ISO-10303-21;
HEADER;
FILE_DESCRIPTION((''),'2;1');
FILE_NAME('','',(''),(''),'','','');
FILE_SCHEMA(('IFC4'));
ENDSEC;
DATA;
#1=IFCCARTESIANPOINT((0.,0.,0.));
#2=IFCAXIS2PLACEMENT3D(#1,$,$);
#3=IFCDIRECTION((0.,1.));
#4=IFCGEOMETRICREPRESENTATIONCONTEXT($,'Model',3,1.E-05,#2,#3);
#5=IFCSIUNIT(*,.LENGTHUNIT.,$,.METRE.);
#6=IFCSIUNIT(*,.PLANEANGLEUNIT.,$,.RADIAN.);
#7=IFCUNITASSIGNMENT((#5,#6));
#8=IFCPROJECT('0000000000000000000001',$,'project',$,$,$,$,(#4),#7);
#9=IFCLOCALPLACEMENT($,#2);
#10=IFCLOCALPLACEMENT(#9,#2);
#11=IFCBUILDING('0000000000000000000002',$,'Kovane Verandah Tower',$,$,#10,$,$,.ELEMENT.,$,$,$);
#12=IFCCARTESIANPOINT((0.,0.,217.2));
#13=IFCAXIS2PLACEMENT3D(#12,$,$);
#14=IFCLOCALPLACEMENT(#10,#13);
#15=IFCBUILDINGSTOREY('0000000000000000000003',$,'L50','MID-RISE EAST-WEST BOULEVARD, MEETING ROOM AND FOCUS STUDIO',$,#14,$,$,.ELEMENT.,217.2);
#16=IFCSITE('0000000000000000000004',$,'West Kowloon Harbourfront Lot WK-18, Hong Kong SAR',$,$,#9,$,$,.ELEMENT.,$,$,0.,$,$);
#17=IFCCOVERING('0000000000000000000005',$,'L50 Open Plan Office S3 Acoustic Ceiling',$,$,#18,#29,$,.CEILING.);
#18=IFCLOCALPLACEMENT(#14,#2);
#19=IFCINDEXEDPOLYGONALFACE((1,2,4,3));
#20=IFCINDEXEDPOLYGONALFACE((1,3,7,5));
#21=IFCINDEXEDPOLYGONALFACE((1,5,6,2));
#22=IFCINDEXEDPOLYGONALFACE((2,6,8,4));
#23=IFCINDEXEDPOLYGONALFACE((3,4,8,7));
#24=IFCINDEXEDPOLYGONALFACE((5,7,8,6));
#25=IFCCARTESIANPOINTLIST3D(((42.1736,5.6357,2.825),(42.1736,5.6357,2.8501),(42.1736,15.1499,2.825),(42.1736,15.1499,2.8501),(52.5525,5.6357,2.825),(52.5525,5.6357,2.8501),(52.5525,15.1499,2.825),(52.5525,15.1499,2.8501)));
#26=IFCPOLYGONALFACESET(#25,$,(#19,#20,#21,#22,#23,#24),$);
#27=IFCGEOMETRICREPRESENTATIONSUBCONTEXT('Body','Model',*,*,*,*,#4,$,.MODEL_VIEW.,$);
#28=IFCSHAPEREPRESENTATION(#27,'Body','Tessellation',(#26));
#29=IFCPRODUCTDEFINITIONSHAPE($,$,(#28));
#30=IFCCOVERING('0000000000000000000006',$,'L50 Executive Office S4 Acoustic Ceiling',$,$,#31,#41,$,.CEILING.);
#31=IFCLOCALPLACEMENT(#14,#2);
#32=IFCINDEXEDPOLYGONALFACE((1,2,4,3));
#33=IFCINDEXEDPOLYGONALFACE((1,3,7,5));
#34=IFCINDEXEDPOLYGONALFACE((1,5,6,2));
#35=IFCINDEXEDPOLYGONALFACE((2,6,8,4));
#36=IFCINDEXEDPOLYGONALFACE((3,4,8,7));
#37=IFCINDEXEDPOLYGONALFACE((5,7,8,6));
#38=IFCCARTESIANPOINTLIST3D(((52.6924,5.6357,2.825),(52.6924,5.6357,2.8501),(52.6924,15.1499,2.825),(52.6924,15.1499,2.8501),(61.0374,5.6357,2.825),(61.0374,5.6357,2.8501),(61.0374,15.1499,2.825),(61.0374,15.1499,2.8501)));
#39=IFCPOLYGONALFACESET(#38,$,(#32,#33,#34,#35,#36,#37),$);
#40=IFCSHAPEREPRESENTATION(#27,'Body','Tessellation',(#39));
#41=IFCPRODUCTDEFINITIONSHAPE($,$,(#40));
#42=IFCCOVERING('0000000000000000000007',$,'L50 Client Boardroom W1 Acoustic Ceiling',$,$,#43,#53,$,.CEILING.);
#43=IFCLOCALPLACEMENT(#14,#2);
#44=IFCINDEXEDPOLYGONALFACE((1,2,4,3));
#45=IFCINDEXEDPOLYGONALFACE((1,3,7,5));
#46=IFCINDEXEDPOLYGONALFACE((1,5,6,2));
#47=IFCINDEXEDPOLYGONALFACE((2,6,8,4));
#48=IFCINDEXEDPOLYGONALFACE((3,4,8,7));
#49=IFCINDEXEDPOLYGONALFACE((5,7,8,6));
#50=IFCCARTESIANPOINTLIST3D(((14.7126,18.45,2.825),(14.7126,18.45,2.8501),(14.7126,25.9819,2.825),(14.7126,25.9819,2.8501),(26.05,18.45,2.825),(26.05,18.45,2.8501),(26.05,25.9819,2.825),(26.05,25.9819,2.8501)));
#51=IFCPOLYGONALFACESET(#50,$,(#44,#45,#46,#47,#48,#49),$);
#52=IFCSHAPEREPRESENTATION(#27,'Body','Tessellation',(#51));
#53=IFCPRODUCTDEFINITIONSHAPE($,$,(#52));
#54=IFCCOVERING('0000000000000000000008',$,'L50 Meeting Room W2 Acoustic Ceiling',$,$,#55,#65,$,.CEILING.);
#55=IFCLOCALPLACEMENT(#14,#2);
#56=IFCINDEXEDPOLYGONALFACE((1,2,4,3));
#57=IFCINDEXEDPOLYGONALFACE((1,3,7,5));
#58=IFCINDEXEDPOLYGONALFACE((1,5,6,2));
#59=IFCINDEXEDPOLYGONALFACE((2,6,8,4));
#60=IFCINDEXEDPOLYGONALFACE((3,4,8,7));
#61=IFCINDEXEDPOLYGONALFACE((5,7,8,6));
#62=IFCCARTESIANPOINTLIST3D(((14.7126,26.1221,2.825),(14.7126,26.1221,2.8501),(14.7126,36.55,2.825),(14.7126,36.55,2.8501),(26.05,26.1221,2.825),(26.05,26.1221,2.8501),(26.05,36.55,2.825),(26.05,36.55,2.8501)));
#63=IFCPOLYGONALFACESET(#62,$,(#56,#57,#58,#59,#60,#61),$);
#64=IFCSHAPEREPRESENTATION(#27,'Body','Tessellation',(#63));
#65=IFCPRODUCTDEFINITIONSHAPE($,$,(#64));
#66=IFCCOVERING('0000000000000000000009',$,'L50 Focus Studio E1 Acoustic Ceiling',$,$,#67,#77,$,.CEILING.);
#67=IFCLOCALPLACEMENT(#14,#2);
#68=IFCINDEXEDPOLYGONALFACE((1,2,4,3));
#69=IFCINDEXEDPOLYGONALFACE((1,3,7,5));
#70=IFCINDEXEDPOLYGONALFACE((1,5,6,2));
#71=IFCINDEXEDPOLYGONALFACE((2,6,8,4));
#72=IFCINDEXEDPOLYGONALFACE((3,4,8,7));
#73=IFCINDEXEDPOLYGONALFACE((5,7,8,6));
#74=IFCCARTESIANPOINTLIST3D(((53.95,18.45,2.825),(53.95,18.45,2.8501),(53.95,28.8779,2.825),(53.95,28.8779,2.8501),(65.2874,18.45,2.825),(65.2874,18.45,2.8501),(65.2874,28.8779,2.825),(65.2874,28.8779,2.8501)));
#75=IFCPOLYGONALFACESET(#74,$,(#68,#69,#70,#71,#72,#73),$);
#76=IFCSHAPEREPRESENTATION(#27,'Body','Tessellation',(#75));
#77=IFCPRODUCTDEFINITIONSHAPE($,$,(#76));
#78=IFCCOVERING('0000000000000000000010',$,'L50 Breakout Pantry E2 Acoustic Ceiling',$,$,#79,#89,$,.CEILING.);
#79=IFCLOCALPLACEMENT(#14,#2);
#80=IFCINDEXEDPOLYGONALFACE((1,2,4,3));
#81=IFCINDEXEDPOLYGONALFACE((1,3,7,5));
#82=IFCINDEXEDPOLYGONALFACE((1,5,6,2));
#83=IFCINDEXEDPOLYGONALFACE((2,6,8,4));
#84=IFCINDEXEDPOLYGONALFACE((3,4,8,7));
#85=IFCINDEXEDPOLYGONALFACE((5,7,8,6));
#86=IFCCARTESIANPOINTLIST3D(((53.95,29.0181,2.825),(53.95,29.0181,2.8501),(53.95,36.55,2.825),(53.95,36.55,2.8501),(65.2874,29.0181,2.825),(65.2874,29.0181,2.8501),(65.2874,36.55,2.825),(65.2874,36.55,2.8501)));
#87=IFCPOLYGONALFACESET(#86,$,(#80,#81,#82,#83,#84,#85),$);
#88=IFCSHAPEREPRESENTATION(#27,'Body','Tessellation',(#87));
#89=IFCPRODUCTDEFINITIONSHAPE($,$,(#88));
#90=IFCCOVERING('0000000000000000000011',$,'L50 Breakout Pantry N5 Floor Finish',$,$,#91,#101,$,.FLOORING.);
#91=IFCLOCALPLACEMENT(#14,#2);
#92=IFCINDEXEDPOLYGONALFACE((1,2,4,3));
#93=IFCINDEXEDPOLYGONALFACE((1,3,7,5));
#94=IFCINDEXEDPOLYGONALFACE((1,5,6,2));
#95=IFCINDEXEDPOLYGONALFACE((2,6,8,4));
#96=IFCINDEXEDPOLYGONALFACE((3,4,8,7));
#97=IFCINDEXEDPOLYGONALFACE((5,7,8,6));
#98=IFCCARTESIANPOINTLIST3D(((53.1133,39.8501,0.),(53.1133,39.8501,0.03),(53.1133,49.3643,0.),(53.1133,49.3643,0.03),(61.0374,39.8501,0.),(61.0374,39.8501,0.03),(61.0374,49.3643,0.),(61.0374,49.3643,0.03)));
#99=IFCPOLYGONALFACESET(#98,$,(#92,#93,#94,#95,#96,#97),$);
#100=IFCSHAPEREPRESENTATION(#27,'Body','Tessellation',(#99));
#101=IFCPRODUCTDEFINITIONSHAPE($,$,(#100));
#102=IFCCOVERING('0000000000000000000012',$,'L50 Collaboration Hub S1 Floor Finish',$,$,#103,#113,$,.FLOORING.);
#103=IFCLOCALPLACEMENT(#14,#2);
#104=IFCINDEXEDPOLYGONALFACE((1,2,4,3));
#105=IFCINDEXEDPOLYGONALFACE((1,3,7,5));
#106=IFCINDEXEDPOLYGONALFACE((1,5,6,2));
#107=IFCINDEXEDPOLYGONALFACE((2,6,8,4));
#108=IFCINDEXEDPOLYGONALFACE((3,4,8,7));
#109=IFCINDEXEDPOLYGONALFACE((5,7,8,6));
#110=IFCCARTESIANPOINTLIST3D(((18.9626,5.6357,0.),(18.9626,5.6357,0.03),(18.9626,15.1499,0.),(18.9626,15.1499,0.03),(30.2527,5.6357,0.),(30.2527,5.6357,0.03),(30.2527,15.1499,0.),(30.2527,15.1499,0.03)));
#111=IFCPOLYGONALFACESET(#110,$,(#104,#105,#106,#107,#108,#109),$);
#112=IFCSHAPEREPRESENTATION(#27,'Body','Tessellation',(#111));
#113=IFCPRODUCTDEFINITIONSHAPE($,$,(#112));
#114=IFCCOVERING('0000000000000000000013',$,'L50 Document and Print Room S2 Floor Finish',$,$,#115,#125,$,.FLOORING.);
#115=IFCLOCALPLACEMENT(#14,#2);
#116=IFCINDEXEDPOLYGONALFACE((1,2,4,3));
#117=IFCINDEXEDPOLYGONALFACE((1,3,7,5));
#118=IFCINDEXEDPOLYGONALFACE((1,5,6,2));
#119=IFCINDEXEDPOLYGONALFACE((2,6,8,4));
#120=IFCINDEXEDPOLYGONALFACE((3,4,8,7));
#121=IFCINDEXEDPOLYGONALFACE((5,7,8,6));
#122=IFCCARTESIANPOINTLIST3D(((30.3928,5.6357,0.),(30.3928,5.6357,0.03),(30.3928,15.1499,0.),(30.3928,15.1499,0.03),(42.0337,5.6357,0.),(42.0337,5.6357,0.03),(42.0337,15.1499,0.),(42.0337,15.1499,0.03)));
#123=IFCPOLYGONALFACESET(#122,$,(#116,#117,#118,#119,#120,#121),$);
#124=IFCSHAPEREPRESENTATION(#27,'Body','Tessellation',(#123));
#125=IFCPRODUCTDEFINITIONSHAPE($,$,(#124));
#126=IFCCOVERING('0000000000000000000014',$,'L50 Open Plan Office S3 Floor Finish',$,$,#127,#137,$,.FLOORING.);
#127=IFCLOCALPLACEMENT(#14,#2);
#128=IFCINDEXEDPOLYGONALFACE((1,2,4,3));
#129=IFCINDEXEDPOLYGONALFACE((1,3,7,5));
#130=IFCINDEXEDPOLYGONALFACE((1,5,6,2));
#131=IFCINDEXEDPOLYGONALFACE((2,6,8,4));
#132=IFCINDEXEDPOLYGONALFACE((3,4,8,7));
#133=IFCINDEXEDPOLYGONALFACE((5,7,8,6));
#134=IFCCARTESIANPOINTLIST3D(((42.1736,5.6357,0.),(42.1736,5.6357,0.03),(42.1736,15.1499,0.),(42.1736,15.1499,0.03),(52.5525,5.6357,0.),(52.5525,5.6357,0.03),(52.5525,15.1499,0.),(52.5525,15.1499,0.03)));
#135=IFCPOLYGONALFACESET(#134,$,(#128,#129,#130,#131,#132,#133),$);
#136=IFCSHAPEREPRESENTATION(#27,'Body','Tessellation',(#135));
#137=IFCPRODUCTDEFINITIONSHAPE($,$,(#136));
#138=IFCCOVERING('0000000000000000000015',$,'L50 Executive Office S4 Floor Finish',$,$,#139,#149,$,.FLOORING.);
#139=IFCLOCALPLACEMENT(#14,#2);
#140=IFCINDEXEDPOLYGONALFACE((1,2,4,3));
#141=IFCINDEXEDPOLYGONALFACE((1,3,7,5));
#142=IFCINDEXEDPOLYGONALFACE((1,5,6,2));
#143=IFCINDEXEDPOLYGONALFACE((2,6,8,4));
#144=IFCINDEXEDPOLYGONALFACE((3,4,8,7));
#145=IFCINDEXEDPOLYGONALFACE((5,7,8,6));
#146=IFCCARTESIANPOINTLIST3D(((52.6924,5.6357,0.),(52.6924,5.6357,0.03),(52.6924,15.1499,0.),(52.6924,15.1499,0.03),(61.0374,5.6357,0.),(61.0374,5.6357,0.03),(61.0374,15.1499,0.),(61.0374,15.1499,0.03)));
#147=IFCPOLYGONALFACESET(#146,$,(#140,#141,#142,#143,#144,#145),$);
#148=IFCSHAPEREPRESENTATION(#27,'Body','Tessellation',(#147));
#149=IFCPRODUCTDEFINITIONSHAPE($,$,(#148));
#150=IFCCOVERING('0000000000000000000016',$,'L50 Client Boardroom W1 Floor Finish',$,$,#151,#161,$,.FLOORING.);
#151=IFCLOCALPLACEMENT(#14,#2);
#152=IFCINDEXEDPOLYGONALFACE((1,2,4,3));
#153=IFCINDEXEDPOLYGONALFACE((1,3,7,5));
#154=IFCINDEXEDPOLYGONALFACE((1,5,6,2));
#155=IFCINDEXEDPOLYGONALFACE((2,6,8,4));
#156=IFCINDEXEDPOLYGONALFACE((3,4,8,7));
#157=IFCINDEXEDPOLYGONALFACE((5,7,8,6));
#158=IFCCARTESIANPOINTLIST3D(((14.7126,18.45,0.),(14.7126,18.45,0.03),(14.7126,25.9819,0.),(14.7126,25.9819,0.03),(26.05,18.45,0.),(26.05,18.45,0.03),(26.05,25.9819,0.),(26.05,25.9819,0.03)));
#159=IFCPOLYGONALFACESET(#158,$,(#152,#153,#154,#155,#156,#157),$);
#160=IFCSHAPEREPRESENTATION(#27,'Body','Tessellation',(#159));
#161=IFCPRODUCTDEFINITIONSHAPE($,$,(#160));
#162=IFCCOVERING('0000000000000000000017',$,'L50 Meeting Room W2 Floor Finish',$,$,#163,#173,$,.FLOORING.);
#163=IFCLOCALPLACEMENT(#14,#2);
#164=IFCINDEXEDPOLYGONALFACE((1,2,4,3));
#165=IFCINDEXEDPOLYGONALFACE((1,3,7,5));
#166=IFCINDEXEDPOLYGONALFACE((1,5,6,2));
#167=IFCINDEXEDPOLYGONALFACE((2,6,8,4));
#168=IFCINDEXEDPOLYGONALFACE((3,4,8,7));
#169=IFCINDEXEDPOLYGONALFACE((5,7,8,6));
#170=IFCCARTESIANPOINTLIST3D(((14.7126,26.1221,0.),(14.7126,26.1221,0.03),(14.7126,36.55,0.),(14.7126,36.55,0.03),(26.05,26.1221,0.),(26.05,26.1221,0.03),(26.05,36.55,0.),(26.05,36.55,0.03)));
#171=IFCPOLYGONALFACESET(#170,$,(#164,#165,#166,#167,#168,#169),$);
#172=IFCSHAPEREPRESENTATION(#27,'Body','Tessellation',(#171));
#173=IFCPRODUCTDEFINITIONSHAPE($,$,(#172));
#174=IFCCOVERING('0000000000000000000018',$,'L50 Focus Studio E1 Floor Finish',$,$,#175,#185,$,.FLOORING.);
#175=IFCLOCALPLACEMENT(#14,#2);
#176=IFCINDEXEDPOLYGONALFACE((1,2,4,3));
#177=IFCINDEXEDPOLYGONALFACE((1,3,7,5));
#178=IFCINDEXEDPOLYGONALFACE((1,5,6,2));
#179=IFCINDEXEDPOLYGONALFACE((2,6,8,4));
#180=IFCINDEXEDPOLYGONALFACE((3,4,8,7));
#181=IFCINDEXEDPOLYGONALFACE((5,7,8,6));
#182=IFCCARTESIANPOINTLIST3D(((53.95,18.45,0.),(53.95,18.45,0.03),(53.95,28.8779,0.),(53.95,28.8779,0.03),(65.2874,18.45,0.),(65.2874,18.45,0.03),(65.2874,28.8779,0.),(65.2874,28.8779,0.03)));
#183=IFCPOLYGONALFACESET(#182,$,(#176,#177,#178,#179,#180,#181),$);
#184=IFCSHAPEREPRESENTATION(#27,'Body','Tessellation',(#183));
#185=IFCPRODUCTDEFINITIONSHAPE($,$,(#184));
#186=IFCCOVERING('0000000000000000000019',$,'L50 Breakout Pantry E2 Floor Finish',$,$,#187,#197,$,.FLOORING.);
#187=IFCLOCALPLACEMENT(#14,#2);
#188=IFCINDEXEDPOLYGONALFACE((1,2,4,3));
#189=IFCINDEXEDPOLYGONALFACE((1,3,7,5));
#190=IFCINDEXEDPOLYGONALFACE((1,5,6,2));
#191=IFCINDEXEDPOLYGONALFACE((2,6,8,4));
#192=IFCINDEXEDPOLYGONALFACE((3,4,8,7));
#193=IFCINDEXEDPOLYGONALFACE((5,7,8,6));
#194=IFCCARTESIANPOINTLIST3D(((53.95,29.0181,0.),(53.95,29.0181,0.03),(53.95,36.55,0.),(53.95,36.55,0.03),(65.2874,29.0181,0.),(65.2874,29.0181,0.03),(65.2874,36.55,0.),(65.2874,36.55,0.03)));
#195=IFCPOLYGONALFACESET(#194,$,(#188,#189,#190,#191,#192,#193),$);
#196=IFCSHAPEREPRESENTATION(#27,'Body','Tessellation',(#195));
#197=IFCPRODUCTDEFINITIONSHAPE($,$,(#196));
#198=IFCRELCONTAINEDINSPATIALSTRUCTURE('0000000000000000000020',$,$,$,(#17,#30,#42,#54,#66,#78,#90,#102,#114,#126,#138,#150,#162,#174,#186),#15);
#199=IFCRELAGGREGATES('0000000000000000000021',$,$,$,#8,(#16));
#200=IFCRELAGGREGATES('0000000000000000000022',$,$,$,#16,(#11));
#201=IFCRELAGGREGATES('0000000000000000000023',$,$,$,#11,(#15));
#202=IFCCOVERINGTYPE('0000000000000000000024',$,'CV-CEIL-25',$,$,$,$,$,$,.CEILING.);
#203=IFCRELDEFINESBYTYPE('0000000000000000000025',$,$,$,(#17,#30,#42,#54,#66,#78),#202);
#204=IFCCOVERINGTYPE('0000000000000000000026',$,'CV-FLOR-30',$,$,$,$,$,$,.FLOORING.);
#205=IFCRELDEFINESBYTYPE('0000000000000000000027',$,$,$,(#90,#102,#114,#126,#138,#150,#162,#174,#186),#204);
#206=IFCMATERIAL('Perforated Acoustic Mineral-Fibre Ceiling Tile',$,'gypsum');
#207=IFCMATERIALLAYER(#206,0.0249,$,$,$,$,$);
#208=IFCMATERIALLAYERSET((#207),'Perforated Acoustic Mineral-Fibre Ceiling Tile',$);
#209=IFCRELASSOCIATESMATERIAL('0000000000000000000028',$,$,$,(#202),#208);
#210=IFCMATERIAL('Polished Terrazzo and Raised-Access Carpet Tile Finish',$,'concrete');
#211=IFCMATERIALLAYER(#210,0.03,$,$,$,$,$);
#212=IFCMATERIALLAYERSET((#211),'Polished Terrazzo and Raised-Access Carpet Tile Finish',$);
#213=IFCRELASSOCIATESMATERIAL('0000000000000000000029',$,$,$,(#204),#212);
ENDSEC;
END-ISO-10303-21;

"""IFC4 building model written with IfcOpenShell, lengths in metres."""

from ifc_helpers import new_model, si_unit, direction, frame, origin, place, context, subcontext, project, spatial, polyline, outline, extrude, material, layer, layer_set, type_object, element, save


model = new_model("IFC4")

# Units and contexts
model_context = context("Model", 3, precision=1e-05, world=origin(), true_north=direction((0.0, 1.0)))
body_context = subcontext(model_context, "Body", "Model", "MODEL_VIEW")
ifc_project = project(units=[si_unit("LENGTHUNIT", "METRE"), si_unit("PLANEANGLEUNIT", "RADIAN")], contexts=[model_context])

# Site, building, storey
site_placement = place(None, origin())
site = spatial("IfcSite", under=ifc_project, at=site_placement, Name="West Kowloon Harbourfront Lot WK-18, Hong Kong SAR", CompositionType="ELEMENT", RefElevation=0.0)
building_placement = place(site_placement, origin())
building = spatial("IfcBuilding", under=site, at=building_placement, Name="Kovane Verandah Tower", CompositionType="ELEMENT")
storey_placement = place(building_placement, frame((0.0, 0.0, 217.2)))
storey = spatial("IfcBuildingStorey", under=building, at=storey_placement, Name="L50", Description="MID-RISE EAST-WEST BOULEVARD, MEETING ROOM AND FOCUS STUDIO", CompositionType="ELEMENT", Elevation=217.2)

# Coverings
ifc_material_1 = material(Name="Perforated Acoustic Mineral-Fibre Ceiling Tile", Category="gypsum")
ifc_layer_1 = layer(ifc_material_1, 0.0249)
ifc_layer_set_1 = layer_set([ifc_layer_1], Name="Perforated Acoustic Mineral-Fibre Ceiling Tile")
covering_type_1 = type_object("IfcCoveringType", Name="CV-CEIL-25", PredefinedType="CEILING", material=ifc_layer_set_1)
covering_1_placement = place(storey_placement, frame((0.0, 0.0, 2.825)))
element("IfcCovering", 1, at=covering_1_placement, inside=storey, type_object=covering_type_1, Name="L50 Open Plan Office S3 Acoustic Ceiling", PredefinedType="CEILING", context=body_context, shape_type="SweptSolid", body=[
    extrude(outline(polyline([(42.1736, 5.6357), (52.5525, 5.6357), (52.5525, 15.1499), (42.1736, 15.1499), (42.1736, 5.6357)])), origin(), (0.0, 0.0, 1.0), 0.0251),
])
covering_2_placement = place(storey_placement, frame((0.0, 0.0, 2.825)))
element("IfcCovering", 2, at=covering_2_placement, inside=storey, type_object=covering_type_1, Name="L50 Executive Office S4 Acoustic Ceiling", PredefinedType="CEILING", context=body_context, shape_type="SweptSolid", body=[
    extrude(outline(polyline([(52.6924, 5.6357), (61.0374, 5.6357), (61.0374, 15.1499), (52.6924, 15.1499), (52.6924, 5.6357)])), origin(), (0.0, 0.0, 1.0), 0.0251),
])
covering_3_placement = place(storey_placement, frame((0.0, 0.0, 2.825)))
element("IfcCovering", 3, at=covering_3_placement, inside=storey, type_object=covering_type_1, Name="L50 Client Boardroom W1 Acoustic Ceiling", PredefinedType="CEILING", context=body_context, shape_type="SweptSolid", body=[
    extrude(outline(polyline([(14.7126, 18.45), (26.05, 18.45), (26.05, 25.9819), (14.7126, 25.9819), (14.7126, 18.45)])), origin(), (0.0, 0.0, 1.0), 0.0251),
])
covering_4_placement = place(storey_placement, frame((0.0, 0.0, 2.825)))
element("IfcCovering", 4, at=covering_4_placement, inside=storey, type_object=covering_type_1, Name="L50 Meeting Room W2 Acoustic Ceiling", PredefinedType="CEILING", context=body_context, shape_type="SweptSolid", body=[
    extrude(outline(polyline([(14.7126, 26.1221), (26.05, 26.1221), (26.05, 36.55), (14.7126, 36.55), (14.7126, 26.1221)])), origin(), (0.0, 0.0, 1.0), 0.0251),
])
covering_5_placement = place(storey_placement, frame((0.0, 0.0, 2.825)))
element("IfcCovering", 5, at=covering_5_placement, inside=storey, type_object=covering_type_1, Name="L50 Focus Studio E1 Acoustic Ceiling", PredefinedType="CEILING", context=body_context, shape_type="SweptSolid", body=[
    extrude(outline(polyline([(53.95, 18.45), (65.2874, 18.45), (65.2874, 28.8779), (53.95, 28.8779), (53.95, 18.45)])), origin(), (0.0, 0.0, 1.0), 0.0251),
])
covering_6_placement = place(storey_placement, frame((0.0, 0.0, 2.825)))
element("IfcCovering", 6, at=covering_6_placement, inside=storey, type_object=covering_type_1, Name="L50 Breakout Pantry E2 Acoustic Ceiling", PredefinedType="CEILING", context=body_context, shape_type="SweptSolid", body=[
    extrude(outline(polyline([(53.95, 29.0181), (65.2874, 29.0181), (65.2874, 36.55), (53.95, 36.55), (53.95, 29.0181)])), origin(), (0.0, 0.0, 1.0), 0.0251),
])
ifc_material_2 = material(Name="Polished Terrazzo and Raised-Access Carpet Tile Finish", Category="concrete")
ifc_layer_2 = layer(ifc_material_2, 0.03)
ifc_layer_set_2 = layer_set([ifc_layer_2], Name="Polished Terrazzo and Raised-Access Carpet Tile Finish")
covering_type_2 = type_object("IfcCoveringType", Name="CV-FLOR-30", PredefinedType="FLOORING", material=ifc_layer_set_2)
covering_7_placement = place(storey_placement, origin())
element("IfcCovering", 7, at=covering_7_placement, inside=storey, type_object=covering_type_2, Name="L50 Breakout Pantry N5 Floor Finish", PredefinedType="FLOORING", context=body_context, shape_type="SweptSolid", body=[
    extrude(outline(polyline([(53.1133, 39.8501), (61.0374, 39.8501), (61.0374, 49.3643), (53.1133, 49.3643), (53.1133, 39.8501)])), origin(), (0.0, 0.0, 1.0), 0.03),
])
covering_8_placement = place(storey_placement, origin())
element("IfcCovering", 8, at=covering_8_placement, inside=storey, type_object=covering_type_2, Name="L50 Collaboration Hub S1 Floor Finish", PredefinedType="FLOORING", context=body_context, shape_type="SweptSolid", body=[
    extrude(outline(polyline([(18.9626, 5.6357), (30.2527, 5.6357), (30.2527, 15.1499), (18.9626, 15.1499), (18.9626, 5.6357)])), origin(), (0.0, 0.0, 1.0), 0.03),
])
covering_9_placement = place(storey_placement, origin())
element("IfcCovering", 9, at=covering_9_placement, inside=storey, type_object=covering_type_2, Name="L50 Document and Print Room S2 Floor Finish", PredefinedType="FLOORING", context=body_context, shape_type="SweptSolid", body=[
    extrude(outline(polyline([(30.3928, 5.6357), (42.0337, 5.6357), (42.0337, 15.1499), (30.3928, 15.1499), (30.3928, 5.6357)])), origin(), (0.0, 0.0, 1.0), 0.03),
])
covering_10_placement = place(storey_placement, origin())
element("IfcCovering", 10, at=covering_10_placement, inside=storey, type_object=covering_type_2, Name="L50 Open Plan Office S3 Floor Finish", PredefinedType="FLOORING", context=body_context, shape_type="SweptSolid", body=[
    extrude(outline(polyline([(42.1736, 5.6357), (52.5525, 5.6357), (52.5525, 15.1499), (42.1736, 15.1499), (42.1736, 5.6357)])), origin(), (0.0, 0.0, 1.0), 0.03),
])
covering_11_placement = place(storey_placement, origin())
element("IfcCovering", 11, at=covering_11_placement, inside=storey, type_object=covering_type_2, Name="L50 Executive Office S4 Floor Finish", PredefinedType="FLOORING", context=body_context, shape_type="SweptSolid", body=[
    extrude(outline(polyline([(52.6924, 5.6357), (61.0374, 5.6357), (61.0374, 15.1499), (52.6924, 15.1499), (52.6924, 5.6357)])), origin(), (0.0, 0.0, 1.0), 0.03),
])
covering_12_placement = place(storey_placement, origin())
element("IfcCovering", 12, at=covering_12_placement, inside=storey, type_object=covering_type_2, Name="L50 Client Boardroom W1 Floor Finish", PredefinedType="FLOORING", context=body_context, shape_type="SweptSolid", body=[
    extrude(outline(polyline([(14.7126, 18.45), (26.05, 18.45), (26.05, 25.9819), (14.7126, 25.9819), (14.7126, 18.45)])), origin(), (0.0, 0.0, 1.0), 0.03),
])
covering_13_placement = place(storey_placement, origin())
element("IfcCovering", 13, at=covering_13_placement, inside=storey, type_object=covering_type_2, Name="L50 Meeting Room W2 Floor Finish", PredefinedType="FLOORING", context=body_context, shape_type="SweptSolid", body=[
    extrude(outline(polyline([(14.7126, 26.1221), (26.05, 26.1221), (26.05, 36.55), (14.7126, 36.55), (14.7126, 26.1221)])), origin(), (0.0, 0.0, 1.0), 0.03),
])
covering_14_placement = place(storey_placement, origin())
element("IfcCovering", 14, at=covering_14_placement, inside=storey, type_object=covering_type_2, Name="L50 Focus Studio E1 Floor Finish", PredefinedType="FLOORING", context=body_context, shape_type="SweptSolid", body=[
    extrude(outline(polyline([(53.95, 18.45), (65.2874, 18.45), (65.2874, 28.8779), (53.95, 28.8779), (53.95, 18.45)])), origin(), (0.0, 0.0, 1.0), 0.03),
])
covering_15_placement = place(storey_placement, origin())
element("IfcCovering", 15, at=covering_15_placement, inside=storey, type_object=covering_type_2, Name="L50 Breakout Pantry E2 Floor Finish", PredefinedType="FLOORING", context=body_context, shape_type="SweptSolid", body=[
    extrude(outline(polyline([(53.95, 29.0181), (65.2874, 29.0181), (65.2874, 36.55), (53.95, 36.55), (53.95, 29.0181)])), origin(), (0.0, 0.0, 1.0), 0.03),
])

save(model, "model.ifc")
